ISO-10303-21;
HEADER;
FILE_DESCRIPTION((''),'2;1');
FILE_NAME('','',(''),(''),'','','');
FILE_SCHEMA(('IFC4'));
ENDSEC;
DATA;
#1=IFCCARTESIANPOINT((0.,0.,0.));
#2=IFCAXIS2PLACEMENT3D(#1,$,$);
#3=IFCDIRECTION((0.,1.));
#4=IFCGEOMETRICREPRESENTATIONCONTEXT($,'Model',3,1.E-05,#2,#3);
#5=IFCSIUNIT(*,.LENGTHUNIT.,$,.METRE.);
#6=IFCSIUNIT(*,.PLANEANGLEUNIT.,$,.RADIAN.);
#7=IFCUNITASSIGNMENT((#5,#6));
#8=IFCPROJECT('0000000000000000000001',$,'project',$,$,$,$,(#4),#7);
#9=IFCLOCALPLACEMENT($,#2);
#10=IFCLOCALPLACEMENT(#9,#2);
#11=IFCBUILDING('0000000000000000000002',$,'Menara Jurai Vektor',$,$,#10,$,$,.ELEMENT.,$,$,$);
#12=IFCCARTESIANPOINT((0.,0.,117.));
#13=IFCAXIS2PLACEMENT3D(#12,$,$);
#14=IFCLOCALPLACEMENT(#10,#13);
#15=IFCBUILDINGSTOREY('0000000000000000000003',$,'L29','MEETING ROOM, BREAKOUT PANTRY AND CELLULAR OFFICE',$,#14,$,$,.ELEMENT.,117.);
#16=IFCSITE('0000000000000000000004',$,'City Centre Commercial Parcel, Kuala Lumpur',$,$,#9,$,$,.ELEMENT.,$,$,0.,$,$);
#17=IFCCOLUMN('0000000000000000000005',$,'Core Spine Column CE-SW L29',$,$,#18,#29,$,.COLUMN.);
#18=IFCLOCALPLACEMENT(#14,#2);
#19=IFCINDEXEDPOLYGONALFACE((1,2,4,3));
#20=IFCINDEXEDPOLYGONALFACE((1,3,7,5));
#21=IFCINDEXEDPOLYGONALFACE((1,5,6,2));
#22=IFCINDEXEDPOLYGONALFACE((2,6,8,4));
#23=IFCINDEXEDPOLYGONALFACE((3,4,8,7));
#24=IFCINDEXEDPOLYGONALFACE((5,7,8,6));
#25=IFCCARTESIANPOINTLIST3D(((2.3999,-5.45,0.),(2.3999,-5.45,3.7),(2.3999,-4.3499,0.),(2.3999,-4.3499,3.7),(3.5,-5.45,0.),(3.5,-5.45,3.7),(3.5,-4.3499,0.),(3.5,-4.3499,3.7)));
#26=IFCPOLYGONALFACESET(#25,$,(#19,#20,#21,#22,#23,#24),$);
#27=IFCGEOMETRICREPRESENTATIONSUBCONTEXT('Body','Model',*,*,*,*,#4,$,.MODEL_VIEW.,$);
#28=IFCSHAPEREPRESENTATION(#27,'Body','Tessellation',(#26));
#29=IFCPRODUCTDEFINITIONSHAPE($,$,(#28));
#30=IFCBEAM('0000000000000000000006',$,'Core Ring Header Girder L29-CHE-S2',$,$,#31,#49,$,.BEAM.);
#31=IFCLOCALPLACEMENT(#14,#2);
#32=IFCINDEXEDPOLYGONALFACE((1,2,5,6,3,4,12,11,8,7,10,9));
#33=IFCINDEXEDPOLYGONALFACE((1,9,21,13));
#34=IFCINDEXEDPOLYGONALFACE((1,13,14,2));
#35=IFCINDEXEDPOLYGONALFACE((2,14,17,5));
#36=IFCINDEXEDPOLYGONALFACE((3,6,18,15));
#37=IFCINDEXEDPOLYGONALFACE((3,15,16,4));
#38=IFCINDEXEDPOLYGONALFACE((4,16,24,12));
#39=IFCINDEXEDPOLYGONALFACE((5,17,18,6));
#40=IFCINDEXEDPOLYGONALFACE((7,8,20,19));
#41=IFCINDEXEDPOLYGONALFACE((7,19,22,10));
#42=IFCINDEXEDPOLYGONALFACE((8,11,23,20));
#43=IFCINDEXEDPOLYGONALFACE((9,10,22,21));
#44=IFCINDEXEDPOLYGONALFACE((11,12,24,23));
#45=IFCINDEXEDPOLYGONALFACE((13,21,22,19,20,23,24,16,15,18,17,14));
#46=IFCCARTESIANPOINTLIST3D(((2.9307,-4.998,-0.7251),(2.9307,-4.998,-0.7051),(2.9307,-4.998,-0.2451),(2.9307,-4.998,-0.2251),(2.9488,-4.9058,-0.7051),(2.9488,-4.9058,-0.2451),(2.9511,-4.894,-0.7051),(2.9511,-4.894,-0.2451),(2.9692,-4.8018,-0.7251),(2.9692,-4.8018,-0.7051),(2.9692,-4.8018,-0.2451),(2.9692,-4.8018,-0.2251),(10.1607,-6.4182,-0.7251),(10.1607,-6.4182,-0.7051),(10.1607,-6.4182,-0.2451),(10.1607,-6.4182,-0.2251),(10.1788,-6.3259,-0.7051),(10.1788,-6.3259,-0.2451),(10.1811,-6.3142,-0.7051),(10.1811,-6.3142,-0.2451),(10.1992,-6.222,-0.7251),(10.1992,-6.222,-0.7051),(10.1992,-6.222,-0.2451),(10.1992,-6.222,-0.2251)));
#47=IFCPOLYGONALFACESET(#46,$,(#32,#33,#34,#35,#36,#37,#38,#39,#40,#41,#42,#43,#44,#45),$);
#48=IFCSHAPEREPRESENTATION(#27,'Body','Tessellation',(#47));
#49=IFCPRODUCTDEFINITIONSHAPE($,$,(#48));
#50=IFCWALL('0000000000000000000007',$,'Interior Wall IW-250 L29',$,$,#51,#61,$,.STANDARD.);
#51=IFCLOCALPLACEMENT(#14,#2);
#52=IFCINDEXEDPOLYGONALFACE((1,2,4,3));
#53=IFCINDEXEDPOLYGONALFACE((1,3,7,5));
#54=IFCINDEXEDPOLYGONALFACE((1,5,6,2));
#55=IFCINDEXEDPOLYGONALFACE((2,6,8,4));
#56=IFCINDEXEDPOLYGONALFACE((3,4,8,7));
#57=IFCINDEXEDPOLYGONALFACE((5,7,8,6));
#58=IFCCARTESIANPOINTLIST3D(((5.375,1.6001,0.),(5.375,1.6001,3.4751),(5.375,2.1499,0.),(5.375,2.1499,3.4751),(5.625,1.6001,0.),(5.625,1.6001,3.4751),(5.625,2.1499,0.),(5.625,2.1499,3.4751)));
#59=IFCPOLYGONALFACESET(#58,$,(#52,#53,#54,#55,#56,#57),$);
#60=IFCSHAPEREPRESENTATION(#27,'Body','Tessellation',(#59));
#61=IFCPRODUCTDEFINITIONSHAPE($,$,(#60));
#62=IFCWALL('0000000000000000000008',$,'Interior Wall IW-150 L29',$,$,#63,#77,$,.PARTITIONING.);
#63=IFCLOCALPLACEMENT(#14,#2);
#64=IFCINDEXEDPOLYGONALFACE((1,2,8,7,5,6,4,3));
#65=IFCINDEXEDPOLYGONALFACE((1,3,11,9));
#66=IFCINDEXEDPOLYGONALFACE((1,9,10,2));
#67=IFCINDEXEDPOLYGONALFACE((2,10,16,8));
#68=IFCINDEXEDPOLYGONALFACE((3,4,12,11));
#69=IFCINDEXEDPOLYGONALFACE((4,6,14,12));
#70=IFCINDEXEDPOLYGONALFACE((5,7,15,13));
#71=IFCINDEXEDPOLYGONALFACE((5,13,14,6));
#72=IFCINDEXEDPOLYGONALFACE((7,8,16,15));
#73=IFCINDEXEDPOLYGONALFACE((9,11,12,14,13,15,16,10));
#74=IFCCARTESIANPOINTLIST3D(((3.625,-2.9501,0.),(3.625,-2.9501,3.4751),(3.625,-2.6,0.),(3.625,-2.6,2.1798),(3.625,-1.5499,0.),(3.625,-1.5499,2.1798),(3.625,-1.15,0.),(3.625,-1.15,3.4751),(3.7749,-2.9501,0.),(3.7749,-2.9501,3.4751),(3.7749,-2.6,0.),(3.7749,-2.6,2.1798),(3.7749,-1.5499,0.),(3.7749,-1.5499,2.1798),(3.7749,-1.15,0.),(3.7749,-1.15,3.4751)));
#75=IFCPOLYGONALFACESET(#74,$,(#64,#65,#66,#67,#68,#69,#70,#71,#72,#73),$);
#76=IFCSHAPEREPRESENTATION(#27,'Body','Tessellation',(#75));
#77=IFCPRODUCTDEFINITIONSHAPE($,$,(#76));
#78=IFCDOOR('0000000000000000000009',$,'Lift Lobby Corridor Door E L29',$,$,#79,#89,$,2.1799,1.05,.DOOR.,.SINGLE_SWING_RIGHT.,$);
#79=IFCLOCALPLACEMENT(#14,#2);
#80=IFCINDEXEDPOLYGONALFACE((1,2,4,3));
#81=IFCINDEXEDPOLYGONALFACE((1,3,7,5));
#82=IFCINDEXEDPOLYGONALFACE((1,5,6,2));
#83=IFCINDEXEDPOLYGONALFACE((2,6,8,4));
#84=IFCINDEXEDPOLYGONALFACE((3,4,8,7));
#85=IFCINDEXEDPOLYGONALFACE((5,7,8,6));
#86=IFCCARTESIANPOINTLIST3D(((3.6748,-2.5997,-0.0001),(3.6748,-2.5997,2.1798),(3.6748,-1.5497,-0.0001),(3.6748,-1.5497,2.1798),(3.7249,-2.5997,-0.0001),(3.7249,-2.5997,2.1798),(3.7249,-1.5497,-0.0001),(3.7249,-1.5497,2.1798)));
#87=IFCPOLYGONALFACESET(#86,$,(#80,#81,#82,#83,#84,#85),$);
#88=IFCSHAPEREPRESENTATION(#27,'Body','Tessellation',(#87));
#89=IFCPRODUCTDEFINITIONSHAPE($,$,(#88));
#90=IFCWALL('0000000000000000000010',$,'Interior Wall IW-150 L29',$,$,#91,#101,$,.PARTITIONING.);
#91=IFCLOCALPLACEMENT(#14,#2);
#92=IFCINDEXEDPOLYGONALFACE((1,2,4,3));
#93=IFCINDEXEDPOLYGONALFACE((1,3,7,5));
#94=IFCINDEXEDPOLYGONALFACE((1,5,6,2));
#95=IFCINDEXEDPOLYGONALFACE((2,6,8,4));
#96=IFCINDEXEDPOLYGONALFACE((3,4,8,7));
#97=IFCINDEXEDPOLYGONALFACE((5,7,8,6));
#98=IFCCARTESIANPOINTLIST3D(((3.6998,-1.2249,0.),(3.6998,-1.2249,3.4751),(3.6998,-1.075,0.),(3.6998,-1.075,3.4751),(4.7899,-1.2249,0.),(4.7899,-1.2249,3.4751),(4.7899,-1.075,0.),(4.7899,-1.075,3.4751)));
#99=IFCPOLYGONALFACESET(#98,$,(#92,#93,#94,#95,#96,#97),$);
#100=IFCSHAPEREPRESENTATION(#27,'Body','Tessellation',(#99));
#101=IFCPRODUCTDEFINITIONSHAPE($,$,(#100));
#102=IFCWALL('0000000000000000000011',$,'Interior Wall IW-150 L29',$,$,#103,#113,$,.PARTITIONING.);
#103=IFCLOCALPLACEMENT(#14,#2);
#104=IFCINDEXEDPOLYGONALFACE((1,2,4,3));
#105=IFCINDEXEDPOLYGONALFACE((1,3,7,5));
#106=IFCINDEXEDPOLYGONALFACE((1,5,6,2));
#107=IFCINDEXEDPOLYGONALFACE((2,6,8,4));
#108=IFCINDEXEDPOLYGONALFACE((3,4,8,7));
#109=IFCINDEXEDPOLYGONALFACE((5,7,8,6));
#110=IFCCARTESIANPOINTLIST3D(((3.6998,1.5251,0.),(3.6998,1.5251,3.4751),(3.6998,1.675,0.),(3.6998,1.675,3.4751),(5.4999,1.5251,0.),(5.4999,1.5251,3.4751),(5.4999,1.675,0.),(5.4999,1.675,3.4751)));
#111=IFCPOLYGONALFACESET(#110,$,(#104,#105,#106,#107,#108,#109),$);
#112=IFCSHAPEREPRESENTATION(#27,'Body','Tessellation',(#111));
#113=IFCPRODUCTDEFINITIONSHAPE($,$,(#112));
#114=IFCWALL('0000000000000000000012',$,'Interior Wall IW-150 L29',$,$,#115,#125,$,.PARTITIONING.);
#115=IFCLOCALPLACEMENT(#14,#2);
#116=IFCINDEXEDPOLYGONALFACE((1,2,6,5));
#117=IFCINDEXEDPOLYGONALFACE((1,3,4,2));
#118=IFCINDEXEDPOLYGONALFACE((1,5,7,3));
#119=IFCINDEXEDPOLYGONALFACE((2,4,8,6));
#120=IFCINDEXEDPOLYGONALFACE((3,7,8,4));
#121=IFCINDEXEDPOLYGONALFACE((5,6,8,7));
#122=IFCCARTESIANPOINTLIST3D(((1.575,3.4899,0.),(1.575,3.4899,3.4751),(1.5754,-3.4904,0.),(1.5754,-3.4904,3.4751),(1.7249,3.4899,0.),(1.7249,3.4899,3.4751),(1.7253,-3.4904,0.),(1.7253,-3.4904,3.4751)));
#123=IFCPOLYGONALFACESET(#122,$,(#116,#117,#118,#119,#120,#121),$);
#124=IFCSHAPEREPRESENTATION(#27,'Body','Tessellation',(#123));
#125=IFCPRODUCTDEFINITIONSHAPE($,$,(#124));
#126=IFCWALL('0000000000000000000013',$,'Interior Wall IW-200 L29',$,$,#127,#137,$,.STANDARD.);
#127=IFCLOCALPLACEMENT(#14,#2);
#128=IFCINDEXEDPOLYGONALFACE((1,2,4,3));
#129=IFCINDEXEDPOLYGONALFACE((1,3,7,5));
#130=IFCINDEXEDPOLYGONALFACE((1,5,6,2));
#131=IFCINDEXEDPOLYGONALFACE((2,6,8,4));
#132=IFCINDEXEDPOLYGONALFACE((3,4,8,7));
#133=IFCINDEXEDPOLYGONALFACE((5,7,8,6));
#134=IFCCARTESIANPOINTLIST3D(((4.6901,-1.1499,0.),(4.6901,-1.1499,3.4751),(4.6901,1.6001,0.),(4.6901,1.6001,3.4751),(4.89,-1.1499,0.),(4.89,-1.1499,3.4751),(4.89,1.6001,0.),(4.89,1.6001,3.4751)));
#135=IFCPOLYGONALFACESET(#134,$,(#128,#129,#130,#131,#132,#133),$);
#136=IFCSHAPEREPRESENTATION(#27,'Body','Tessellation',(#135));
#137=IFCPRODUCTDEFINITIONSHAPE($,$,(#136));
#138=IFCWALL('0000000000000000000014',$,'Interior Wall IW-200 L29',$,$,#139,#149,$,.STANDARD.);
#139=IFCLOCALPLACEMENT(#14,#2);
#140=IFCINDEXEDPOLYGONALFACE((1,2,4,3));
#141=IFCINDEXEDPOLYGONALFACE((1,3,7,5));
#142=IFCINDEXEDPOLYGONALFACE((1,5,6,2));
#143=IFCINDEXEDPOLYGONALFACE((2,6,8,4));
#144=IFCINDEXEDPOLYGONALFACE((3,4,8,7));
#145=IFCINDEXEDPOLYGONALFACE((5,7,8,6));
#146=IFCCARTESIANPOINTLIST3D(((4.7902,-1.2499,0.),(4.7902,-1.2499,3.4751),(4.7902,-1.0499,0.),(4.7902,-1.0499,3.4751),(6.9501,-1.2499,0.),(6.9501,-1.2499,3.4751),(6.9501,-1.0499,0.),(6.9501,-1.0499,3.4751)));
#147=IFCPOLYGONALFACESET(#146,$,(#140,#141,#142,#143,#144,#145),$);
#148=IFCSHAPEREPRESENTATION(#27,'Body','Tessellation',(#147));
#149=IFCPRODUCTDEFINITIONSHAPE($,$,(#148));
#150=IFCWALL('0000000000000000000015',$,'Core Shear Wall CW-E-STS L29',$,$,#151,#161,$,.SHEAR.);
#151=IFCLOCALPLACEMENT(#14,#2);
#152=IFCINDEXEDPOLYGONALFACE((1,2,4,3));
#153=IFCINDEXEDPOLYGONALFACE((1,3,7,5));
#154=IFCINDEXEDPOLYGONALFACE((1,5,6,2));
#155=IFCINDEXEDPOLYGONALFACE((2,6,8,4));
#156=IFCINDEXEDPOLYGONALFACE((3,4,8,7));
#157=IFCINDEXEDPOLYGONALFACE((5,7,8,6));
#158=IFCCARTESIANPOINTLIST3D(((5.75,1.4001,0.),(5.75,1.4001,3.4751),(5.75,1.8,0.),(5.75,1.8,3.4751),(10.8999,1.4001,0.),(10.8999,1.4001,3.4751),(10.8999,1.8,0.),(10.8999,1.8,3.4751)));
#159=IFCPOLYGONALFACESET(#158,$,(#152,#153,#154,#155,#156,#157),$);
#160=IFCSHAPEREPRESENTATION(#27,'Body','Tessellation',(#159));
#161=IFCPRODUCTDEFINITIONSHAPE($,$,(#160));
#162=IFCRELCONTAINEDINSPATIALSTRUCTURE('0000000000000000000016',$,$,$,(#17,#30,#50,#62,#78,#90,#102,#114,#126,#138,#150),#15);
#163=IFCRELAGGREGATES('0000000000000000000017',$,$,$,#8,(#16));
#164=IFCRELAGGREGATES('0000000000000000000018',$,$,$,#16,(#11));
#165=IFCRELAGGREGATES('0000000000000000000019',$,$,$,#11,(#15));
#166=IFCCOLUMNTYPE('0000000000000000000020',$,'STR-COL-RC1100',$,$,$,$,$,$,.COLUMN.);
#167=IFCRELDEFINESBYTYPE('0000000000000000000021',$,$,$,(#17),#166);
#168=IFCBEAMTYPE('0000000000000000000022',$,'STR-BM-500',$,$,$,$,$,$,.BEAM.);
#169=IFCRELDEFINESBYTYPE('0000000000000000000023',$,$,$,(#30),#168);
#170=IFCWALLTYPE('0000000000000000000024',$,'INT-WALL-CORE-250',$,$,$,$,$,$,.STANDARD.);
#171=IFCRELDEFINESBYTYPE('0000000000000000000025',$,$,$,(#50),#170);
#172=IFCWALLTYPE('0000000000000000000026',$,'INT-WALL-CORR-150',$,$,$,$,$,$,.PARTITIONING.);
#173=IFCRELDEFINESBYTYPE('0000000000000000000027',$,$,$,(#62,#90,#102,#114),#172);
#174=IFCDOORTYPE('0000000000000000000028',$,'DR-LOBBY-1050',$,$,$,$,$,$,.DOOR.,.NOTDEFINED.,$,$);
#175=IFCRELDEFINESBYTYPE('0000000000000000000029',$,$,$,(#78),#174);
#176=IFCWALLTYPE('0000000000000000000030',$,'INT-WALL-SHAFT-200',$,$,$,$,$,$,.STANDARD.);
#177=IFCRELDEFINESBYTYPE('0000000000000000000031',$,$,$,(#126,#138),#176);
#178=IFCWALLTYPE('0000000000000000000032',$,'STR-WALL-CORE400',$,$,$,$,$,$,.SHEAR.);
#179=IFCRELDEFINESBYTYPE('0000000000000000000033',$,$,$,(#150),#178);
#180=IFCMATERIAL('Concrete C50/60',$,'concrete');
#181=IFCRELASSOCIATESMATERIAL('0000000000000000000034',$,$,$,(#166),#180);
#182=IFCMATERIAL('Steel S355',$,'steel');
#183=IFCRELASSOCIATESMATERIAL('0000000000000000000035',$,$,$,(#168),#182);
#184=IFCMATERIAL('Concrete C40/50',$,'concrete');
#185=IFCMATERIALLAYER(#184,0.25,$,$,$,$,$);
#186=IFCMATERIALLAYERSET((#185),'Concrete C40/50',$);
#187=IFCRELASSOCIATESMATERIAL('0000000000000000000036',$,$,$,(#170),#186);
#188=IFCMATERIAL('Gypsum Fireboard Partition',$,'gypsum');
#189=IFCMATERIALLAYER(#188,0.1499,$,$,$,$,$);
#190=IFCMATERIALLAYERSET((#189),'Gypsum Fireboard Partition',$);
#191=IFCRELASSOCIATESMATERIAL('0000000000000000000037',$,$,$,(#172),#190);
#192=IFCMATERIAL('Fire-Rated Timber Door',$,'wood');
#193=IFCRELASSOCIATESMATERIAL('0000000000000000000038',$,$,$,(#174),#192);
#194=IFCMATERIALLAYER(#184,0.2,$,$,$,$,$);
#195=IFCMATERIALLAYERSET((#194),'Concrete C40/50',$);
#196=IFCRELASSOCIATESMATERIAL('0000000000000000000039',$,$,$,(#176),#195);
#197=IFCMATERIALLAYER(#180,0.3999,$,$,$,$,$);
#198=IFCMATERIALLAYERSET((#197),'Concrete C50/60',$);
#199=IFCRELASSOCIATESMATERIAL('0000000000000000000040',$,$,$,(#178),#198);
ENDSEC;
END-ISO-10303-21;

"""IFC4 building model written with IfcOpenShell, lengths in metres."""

from ifc_helpers import new_model, si_unit, direction, frame, frame_2d, origin, origin_2d, place, context, subcontext, project, spatial, rectangle, i_section, extrude, material, layer, layer_set, material_profile, profile_set, type_object, element, fill, save


model = new_model("IFC4")

# Units and contexts
model_context = context("Model", 3, precision=1e-05, world=origin(), true_north=direction((0.0, 1.0)))
body_context = subcontext(model_context, "Body", "Model", "MODEL_VIEW")
ifc_project = project(units=[si_unit("LENGTHUNIT", "METRE"), si_unit("PLANEANGLEUNIT", "RADIAN")], contexts=[model_context])

# Site, building, storey
site_placement = place(None, origin())
site = spatial("IfcSite", under=ifc_project, at=site_placement, Name="City Centre Commercial Parcel, Kuala Lumpur", CompositionType="ELEMENT", RefElevation=0.0)
building_placement = place(site_placement, origin())
building = spatial("IfcBuilding", under=site, at=building_placement, Name="Menara Jurai Vektor", CompositionType="ELEMENT")
storey_placement = place(building_placement, frame((0.0, 0.0, 117.0)))
storey = spatial("IfcBuildingStorey", under=building, at=storey_placement, Name="L29", Description="MEETING ROOM, BREAKOUT PANTRY AND CELLULAR OFFICE", CompositionType="ELEMENT", Elevation=117.0)

# Column
ifc_material_1 = material(Name="Concrete C50/60", Category="concrete")
ifc_material_profile_1 = material_profile(ifc_material_1, rectangle(XDim=1.1001, YDim=1.1001, at=origin_2d()), Name="RC 1100x1100")
ifc_profile_set_1 = profile_set([ifc_material_profile_1], Name="Concrete C50/60")
column_type = type_object("IfcColumnType", Name="STR-COL-RC1100", PredefinedType="COLUMN", material=ifc_profile_set_1)
column_placement = place(storey_placement, frame((2.95, -4.8999, 0.0), z_axis=(0.0, 0.0, 1.0), x_axis=(1.0, 0.0, 0.0)))
element("IfcColumn", 1, at=column_placement, inside=storey, type_object=column_type, Name="Core Spine Column CE-SW L29", PredefinedType="COLUMN", context=body_context, shape_type="SweptSolid", body=[
    extrude(rectangle(XDim=1.1001, YDim=1.1001, at=origin_2d()), origin(), (0.0, 0.0, 1.0), 3.7),
])

# Beam
ifc_material_2 = material(Name="Steel S355", Category="steel")
ifc_material_profile_2 = material_profile(ifc_material_2, i_section(OverallWidth=0.2, OverallDepth=0.5, WebThickness=0.012, FlangeThickness=0.02, at=origin_2d()), Name="PG 500x200x96")
ifc_profile_set_2 = profile_set([ifc_material_profile_2], Name="Steel S355")
beam_type = type_object("IfcBeamType", Name="STR-BM-500", PredefinedType="BEAM", material=ifc_profile_set_2)
beam_placement = place(storey_placement, frame((2.95, -4.8999, -0.4751), z_axis=(0.981249, -0.192744, 0.0), x_axis=(0.192744, 0.981249, 0.0)))
element("IfcBeam", 2, at=beam_placement, inside=storey, type_object=beam_type, Name="Core Ring Header Girder L29-CHE-S2", PredefinedType="BEAM", context=body_context, shape_type="SweptSolid", body=[
    extrude(i_section(OverallWidth=0.2, OverallDepth=0.5, WebThickness=0.012, FlangeThickness=0.02, at=origin_2d()), origin(), (0.0, 0.0, 1.0), 7.3682),
])

# Wall
ifc_material_3 = material(Name="Concrete C40/50", Category="concrete")
ifc_layer_1 = layer(ifc_material_3, 0.25)
ifc_layer_set_1 = layer_set([ifc_layer_1], Name="Concrete C40/50")
wall_type_1 = type_object("IfcWallType", Name="INT-WALL-CORE-250", PredefinedType="STANDARD", material=ifc_layer_set_1)
wall_1_placement = place(storey_placement, frame((5.5, 1.6001, 0.0), z_axis=(0.0, 0.0, 1.0), x_axis=(0.0, 1.0, 0.0)))
element("IfcWall", 3, at=wall_1_placement, inside=storey, type_object=wall_type_1, Name="Interior Wall IW-250 L29", PredefinedType="STANDARD", context=body_context, shape_type="SweptSolid", body=[
    extrude(rectangle(XDim=0.5498, YDim=0.25, at=frame_2d((0.2749, 0.0))), origin(), (0.0, 0.0, 1.0), 3.4751),
])

# Wall, opening, door
ifc_material_4 = material(Name="Gypsum Fireboard Partition", Category="gypsum")
ifc_layer_2 = layer(ifc_material_4, 0.1499)
ifc_layer_set_2 = layer_set([ifc_layer_2], Name="Gypsum Fireboard Partition")
wall_type_2 = type_object("IfcWallType", Name="INT-WALL-CORR-150", PredefinedType="PARTITIONING", material=ifc_layer_set_2)
wall_2_placement = place(storey_placement, frame((3.7, -2.95, 0.0), z_axis=(0.0, 0.0, 1.0), x_axis=(0.0, 1.0, 0.0)))
wall_2 = element("IfcWall", 4, at=wall_2_placement, inside=storey, type_object=wall_type_2, Name="Interior Wall IW-150 L29", PredefinedType="PARTITIONING", context=body_context, shape_type="SweptSolid", body=[
    extrude(rectangle(XDim=1.8, YDim=0.1499, at=frame_2d((0.8999, 0.0))), origin(), (0.0, 0.0, 1.0), 3.4751),
])
opening_1_placement = place(wall_2_placement, frame((0.3501, 0.0, 0.0)))
opening_1 = element("IfcOpeningElement", 5, at=opening_1_placement, cuts=wall_2, PredefinedType="OPENING", context=body_context, shape_type="SweptSolid", body=[
    extrude(rectangle(XDim=1.05, YDim=2.1799, at=frame_2d((0.5249, 1.0898))), frame((0.0, 0.085, 0.0), z_axis=(0.0, -1.0, 0.0), x_axis=(1.0, 0.0, 0.0)), (0.0, 0.0, 1.0), 0.1699),
])
ifc_material_5 = material(Name="Fire-Rated Timber Door", Category="wood")
door_type_1 = type_object("IfcDoorType", Name="DR-LOBBY-1050", OperationType="NOTDEFINED", PredefinedType="DOOR", material=ifc_material_5)
door_1_placement = place(opening_1_placement, frame((1.05, 0.0, 0.0), z_axis=(0.0, 0.0, 1.0), x_axis=(-1.0, 0.0, 0.0)))
door_1 = element("IfcDoor", 6, at=door_1_placement, inside=storey, type_object=door_type_1, Name="Lift Lobby Corridor Door E L29", OperationType="SINGLE_SWING_RIGHT", OverallHeight=2.1799, OverallWidth=1.05, PredefinedType="DOOR", context=body_context, shape_type="SweptSolid", body=[
    extrude(rectangle(XDim=1.05, YDim=2.1799, at=frame_2d((0.5249, 1.0898))), frame((0.0, 0.0249, 0.0), z_axis=(0.0, -1.0, 0.0), x_axis=(1.0, 0.0, 0.0)), (0.0, 0.0, 1.0), 0.05),
])
fill(opening_1, door_1)

# Walls
wall_3_placement = place(storey_placement, frame((3.7, -1.1499, 0.0), z_axis=(0.0, 0.0, 1.0), x_axis=(1.0, 0.0, 0.0)))
element("IfcWall", 7, at=wall_3_placement, inside=storey, type_object=wall_type_2, Name="Interior Wall IW-150 L29", PredefinedType="PARTITIONING", context=body_context, shape_type="SweptSolid", body=[
    extrude(rectangle(XDim=1.0901, YDim=0.1499, at=frame_2d((0.5449, 0.0))), origin(), (0.0, 0.0, 1.0), 3.4751),
])
wall_4_placement = place(storey_placement, frame((3.7, 1.6001, 0.0), z_axis=(0.0, 0.0, 1.0), x_axis=(1.0, 0.0, 0.0)))
element("IfcWall", 8, at=wall_4_placement, inside=storey, type_object=wall_type_2, Name="Interior Wall IW-150 L29", PredefinedType="PARTITIONING", context=body_context, shape_type="SweptSolid", body=[
    extrude(rectangle(XDim=1.8, YDim=0.1499, at=frame_2d((0.8999, 0.0))), origin(), (0.0, 0.0, 1.0), 3.4751),
])
wall_5_placement = place(storey_placement, frame((1.6504, -3.4905, 0.0), z_axis=(0.0, 0.0, 1.0), x_axis=(-0.00007, 1.0, 0.0)))
element("IfcWall", 9, at=wall_5_placement, inside=storey, type_object=wall_type_2, Name="Interior Wall IW-150 L29", PredefinedType="PARTITIONING", context=body_context, shape_type="SweptSolid", body=[
    extrude(rectangle(XDim=6.9802, YDim=0.1499, at=frame_2d((3.4902, 0.0))), origin(), (0.0, 0.0, 1.0), 3.4751),
])

# Shared definitions
ifc_layer_3 = layer(ifc_material_3, 0.2)
ifc_layer_set_3 = layer_set([ifc_layer_3], Name="Concrete C40/50")
wall_type_3 = type_object("IfcWallType", Name="INT-WALL-SHAFT-200", PredefinedType="STANDARD", material=ifc_layer_set_3)

# Walls
wall_6_placement = place(storey_placement, frame((4.79, -1.1499, 0.0), z_axis=(0.0, 0.0, 1.0), x_axis=(0.0, 1.0, 0.0)))
element("IfcWall", 10, at=wall_6_placement, inside=storey, type_object=wall_type_3, Name="Interior Wall IW-200 L29", PredefinedType="STANDARD", context=body_context, shape_type="SweptSolid", body=[
    extrude(rectangle(XDim=2.75, YDim=0.2, at=frame_2d((1.375, 0.0))), origin(), (0.0, 0.0, 1.0), 3.4751),
])
wall_7_placement = place(storey_placement, frame((4.79, -1.1499, 0.0), z_axis=(0.0, 0.0, 1.0), x_axis=(1.0, 0.0, 0.0)))
element("IfcWall", 11, at=wall_7_placement, inside=storey, type_object=wall_type_3, Name="Interior Wall IW-200 L29", PredefinedType="STANDARD", context=body_context, shape_type="SweptSolid", body=[
    extrude(rectangle(XDim=2.1599, YDim=0.2, at=frame_2d((1.0801, 0.0))), origin(), (0.0, 0.0, 1.0), 3.4751),
])

# Wall
ifc_layer_4 = layer(ifc_material_1, 0.3999)
ifc_layer_set_4 = layer_set([ifc_layer_4], Name="Concrete C50/60")
wall_type_4 = type_object("IfcWallType", Name="STR-WALL-CORE400", PredefinedType="SHEAR", material=ifc_layer_set_4)
wall_8_placement = place(storey_placement, frame((5.75, 1.6001, 0.0), z_axis=(0.0, 0.0, 1.0), x_axis=(1.0, 0.0, 0.0)))
element("IfcWall", 12, at=wall_8_placement, inside=storey, type_object=wall_type_4, Name="Core Shear Wall CW-E-STS L29", PredefinedType="SHEAR", context=body_context, shape_type="SweptSolid", body=[
    extrude(rectangle(XDim=5.1499, YDim=0.3999, at=frame_2d((2.575, 0.0))), origin(), (0.0, 0.0, 1.0), 3.4751),
])

save(model, "model.ifc")
